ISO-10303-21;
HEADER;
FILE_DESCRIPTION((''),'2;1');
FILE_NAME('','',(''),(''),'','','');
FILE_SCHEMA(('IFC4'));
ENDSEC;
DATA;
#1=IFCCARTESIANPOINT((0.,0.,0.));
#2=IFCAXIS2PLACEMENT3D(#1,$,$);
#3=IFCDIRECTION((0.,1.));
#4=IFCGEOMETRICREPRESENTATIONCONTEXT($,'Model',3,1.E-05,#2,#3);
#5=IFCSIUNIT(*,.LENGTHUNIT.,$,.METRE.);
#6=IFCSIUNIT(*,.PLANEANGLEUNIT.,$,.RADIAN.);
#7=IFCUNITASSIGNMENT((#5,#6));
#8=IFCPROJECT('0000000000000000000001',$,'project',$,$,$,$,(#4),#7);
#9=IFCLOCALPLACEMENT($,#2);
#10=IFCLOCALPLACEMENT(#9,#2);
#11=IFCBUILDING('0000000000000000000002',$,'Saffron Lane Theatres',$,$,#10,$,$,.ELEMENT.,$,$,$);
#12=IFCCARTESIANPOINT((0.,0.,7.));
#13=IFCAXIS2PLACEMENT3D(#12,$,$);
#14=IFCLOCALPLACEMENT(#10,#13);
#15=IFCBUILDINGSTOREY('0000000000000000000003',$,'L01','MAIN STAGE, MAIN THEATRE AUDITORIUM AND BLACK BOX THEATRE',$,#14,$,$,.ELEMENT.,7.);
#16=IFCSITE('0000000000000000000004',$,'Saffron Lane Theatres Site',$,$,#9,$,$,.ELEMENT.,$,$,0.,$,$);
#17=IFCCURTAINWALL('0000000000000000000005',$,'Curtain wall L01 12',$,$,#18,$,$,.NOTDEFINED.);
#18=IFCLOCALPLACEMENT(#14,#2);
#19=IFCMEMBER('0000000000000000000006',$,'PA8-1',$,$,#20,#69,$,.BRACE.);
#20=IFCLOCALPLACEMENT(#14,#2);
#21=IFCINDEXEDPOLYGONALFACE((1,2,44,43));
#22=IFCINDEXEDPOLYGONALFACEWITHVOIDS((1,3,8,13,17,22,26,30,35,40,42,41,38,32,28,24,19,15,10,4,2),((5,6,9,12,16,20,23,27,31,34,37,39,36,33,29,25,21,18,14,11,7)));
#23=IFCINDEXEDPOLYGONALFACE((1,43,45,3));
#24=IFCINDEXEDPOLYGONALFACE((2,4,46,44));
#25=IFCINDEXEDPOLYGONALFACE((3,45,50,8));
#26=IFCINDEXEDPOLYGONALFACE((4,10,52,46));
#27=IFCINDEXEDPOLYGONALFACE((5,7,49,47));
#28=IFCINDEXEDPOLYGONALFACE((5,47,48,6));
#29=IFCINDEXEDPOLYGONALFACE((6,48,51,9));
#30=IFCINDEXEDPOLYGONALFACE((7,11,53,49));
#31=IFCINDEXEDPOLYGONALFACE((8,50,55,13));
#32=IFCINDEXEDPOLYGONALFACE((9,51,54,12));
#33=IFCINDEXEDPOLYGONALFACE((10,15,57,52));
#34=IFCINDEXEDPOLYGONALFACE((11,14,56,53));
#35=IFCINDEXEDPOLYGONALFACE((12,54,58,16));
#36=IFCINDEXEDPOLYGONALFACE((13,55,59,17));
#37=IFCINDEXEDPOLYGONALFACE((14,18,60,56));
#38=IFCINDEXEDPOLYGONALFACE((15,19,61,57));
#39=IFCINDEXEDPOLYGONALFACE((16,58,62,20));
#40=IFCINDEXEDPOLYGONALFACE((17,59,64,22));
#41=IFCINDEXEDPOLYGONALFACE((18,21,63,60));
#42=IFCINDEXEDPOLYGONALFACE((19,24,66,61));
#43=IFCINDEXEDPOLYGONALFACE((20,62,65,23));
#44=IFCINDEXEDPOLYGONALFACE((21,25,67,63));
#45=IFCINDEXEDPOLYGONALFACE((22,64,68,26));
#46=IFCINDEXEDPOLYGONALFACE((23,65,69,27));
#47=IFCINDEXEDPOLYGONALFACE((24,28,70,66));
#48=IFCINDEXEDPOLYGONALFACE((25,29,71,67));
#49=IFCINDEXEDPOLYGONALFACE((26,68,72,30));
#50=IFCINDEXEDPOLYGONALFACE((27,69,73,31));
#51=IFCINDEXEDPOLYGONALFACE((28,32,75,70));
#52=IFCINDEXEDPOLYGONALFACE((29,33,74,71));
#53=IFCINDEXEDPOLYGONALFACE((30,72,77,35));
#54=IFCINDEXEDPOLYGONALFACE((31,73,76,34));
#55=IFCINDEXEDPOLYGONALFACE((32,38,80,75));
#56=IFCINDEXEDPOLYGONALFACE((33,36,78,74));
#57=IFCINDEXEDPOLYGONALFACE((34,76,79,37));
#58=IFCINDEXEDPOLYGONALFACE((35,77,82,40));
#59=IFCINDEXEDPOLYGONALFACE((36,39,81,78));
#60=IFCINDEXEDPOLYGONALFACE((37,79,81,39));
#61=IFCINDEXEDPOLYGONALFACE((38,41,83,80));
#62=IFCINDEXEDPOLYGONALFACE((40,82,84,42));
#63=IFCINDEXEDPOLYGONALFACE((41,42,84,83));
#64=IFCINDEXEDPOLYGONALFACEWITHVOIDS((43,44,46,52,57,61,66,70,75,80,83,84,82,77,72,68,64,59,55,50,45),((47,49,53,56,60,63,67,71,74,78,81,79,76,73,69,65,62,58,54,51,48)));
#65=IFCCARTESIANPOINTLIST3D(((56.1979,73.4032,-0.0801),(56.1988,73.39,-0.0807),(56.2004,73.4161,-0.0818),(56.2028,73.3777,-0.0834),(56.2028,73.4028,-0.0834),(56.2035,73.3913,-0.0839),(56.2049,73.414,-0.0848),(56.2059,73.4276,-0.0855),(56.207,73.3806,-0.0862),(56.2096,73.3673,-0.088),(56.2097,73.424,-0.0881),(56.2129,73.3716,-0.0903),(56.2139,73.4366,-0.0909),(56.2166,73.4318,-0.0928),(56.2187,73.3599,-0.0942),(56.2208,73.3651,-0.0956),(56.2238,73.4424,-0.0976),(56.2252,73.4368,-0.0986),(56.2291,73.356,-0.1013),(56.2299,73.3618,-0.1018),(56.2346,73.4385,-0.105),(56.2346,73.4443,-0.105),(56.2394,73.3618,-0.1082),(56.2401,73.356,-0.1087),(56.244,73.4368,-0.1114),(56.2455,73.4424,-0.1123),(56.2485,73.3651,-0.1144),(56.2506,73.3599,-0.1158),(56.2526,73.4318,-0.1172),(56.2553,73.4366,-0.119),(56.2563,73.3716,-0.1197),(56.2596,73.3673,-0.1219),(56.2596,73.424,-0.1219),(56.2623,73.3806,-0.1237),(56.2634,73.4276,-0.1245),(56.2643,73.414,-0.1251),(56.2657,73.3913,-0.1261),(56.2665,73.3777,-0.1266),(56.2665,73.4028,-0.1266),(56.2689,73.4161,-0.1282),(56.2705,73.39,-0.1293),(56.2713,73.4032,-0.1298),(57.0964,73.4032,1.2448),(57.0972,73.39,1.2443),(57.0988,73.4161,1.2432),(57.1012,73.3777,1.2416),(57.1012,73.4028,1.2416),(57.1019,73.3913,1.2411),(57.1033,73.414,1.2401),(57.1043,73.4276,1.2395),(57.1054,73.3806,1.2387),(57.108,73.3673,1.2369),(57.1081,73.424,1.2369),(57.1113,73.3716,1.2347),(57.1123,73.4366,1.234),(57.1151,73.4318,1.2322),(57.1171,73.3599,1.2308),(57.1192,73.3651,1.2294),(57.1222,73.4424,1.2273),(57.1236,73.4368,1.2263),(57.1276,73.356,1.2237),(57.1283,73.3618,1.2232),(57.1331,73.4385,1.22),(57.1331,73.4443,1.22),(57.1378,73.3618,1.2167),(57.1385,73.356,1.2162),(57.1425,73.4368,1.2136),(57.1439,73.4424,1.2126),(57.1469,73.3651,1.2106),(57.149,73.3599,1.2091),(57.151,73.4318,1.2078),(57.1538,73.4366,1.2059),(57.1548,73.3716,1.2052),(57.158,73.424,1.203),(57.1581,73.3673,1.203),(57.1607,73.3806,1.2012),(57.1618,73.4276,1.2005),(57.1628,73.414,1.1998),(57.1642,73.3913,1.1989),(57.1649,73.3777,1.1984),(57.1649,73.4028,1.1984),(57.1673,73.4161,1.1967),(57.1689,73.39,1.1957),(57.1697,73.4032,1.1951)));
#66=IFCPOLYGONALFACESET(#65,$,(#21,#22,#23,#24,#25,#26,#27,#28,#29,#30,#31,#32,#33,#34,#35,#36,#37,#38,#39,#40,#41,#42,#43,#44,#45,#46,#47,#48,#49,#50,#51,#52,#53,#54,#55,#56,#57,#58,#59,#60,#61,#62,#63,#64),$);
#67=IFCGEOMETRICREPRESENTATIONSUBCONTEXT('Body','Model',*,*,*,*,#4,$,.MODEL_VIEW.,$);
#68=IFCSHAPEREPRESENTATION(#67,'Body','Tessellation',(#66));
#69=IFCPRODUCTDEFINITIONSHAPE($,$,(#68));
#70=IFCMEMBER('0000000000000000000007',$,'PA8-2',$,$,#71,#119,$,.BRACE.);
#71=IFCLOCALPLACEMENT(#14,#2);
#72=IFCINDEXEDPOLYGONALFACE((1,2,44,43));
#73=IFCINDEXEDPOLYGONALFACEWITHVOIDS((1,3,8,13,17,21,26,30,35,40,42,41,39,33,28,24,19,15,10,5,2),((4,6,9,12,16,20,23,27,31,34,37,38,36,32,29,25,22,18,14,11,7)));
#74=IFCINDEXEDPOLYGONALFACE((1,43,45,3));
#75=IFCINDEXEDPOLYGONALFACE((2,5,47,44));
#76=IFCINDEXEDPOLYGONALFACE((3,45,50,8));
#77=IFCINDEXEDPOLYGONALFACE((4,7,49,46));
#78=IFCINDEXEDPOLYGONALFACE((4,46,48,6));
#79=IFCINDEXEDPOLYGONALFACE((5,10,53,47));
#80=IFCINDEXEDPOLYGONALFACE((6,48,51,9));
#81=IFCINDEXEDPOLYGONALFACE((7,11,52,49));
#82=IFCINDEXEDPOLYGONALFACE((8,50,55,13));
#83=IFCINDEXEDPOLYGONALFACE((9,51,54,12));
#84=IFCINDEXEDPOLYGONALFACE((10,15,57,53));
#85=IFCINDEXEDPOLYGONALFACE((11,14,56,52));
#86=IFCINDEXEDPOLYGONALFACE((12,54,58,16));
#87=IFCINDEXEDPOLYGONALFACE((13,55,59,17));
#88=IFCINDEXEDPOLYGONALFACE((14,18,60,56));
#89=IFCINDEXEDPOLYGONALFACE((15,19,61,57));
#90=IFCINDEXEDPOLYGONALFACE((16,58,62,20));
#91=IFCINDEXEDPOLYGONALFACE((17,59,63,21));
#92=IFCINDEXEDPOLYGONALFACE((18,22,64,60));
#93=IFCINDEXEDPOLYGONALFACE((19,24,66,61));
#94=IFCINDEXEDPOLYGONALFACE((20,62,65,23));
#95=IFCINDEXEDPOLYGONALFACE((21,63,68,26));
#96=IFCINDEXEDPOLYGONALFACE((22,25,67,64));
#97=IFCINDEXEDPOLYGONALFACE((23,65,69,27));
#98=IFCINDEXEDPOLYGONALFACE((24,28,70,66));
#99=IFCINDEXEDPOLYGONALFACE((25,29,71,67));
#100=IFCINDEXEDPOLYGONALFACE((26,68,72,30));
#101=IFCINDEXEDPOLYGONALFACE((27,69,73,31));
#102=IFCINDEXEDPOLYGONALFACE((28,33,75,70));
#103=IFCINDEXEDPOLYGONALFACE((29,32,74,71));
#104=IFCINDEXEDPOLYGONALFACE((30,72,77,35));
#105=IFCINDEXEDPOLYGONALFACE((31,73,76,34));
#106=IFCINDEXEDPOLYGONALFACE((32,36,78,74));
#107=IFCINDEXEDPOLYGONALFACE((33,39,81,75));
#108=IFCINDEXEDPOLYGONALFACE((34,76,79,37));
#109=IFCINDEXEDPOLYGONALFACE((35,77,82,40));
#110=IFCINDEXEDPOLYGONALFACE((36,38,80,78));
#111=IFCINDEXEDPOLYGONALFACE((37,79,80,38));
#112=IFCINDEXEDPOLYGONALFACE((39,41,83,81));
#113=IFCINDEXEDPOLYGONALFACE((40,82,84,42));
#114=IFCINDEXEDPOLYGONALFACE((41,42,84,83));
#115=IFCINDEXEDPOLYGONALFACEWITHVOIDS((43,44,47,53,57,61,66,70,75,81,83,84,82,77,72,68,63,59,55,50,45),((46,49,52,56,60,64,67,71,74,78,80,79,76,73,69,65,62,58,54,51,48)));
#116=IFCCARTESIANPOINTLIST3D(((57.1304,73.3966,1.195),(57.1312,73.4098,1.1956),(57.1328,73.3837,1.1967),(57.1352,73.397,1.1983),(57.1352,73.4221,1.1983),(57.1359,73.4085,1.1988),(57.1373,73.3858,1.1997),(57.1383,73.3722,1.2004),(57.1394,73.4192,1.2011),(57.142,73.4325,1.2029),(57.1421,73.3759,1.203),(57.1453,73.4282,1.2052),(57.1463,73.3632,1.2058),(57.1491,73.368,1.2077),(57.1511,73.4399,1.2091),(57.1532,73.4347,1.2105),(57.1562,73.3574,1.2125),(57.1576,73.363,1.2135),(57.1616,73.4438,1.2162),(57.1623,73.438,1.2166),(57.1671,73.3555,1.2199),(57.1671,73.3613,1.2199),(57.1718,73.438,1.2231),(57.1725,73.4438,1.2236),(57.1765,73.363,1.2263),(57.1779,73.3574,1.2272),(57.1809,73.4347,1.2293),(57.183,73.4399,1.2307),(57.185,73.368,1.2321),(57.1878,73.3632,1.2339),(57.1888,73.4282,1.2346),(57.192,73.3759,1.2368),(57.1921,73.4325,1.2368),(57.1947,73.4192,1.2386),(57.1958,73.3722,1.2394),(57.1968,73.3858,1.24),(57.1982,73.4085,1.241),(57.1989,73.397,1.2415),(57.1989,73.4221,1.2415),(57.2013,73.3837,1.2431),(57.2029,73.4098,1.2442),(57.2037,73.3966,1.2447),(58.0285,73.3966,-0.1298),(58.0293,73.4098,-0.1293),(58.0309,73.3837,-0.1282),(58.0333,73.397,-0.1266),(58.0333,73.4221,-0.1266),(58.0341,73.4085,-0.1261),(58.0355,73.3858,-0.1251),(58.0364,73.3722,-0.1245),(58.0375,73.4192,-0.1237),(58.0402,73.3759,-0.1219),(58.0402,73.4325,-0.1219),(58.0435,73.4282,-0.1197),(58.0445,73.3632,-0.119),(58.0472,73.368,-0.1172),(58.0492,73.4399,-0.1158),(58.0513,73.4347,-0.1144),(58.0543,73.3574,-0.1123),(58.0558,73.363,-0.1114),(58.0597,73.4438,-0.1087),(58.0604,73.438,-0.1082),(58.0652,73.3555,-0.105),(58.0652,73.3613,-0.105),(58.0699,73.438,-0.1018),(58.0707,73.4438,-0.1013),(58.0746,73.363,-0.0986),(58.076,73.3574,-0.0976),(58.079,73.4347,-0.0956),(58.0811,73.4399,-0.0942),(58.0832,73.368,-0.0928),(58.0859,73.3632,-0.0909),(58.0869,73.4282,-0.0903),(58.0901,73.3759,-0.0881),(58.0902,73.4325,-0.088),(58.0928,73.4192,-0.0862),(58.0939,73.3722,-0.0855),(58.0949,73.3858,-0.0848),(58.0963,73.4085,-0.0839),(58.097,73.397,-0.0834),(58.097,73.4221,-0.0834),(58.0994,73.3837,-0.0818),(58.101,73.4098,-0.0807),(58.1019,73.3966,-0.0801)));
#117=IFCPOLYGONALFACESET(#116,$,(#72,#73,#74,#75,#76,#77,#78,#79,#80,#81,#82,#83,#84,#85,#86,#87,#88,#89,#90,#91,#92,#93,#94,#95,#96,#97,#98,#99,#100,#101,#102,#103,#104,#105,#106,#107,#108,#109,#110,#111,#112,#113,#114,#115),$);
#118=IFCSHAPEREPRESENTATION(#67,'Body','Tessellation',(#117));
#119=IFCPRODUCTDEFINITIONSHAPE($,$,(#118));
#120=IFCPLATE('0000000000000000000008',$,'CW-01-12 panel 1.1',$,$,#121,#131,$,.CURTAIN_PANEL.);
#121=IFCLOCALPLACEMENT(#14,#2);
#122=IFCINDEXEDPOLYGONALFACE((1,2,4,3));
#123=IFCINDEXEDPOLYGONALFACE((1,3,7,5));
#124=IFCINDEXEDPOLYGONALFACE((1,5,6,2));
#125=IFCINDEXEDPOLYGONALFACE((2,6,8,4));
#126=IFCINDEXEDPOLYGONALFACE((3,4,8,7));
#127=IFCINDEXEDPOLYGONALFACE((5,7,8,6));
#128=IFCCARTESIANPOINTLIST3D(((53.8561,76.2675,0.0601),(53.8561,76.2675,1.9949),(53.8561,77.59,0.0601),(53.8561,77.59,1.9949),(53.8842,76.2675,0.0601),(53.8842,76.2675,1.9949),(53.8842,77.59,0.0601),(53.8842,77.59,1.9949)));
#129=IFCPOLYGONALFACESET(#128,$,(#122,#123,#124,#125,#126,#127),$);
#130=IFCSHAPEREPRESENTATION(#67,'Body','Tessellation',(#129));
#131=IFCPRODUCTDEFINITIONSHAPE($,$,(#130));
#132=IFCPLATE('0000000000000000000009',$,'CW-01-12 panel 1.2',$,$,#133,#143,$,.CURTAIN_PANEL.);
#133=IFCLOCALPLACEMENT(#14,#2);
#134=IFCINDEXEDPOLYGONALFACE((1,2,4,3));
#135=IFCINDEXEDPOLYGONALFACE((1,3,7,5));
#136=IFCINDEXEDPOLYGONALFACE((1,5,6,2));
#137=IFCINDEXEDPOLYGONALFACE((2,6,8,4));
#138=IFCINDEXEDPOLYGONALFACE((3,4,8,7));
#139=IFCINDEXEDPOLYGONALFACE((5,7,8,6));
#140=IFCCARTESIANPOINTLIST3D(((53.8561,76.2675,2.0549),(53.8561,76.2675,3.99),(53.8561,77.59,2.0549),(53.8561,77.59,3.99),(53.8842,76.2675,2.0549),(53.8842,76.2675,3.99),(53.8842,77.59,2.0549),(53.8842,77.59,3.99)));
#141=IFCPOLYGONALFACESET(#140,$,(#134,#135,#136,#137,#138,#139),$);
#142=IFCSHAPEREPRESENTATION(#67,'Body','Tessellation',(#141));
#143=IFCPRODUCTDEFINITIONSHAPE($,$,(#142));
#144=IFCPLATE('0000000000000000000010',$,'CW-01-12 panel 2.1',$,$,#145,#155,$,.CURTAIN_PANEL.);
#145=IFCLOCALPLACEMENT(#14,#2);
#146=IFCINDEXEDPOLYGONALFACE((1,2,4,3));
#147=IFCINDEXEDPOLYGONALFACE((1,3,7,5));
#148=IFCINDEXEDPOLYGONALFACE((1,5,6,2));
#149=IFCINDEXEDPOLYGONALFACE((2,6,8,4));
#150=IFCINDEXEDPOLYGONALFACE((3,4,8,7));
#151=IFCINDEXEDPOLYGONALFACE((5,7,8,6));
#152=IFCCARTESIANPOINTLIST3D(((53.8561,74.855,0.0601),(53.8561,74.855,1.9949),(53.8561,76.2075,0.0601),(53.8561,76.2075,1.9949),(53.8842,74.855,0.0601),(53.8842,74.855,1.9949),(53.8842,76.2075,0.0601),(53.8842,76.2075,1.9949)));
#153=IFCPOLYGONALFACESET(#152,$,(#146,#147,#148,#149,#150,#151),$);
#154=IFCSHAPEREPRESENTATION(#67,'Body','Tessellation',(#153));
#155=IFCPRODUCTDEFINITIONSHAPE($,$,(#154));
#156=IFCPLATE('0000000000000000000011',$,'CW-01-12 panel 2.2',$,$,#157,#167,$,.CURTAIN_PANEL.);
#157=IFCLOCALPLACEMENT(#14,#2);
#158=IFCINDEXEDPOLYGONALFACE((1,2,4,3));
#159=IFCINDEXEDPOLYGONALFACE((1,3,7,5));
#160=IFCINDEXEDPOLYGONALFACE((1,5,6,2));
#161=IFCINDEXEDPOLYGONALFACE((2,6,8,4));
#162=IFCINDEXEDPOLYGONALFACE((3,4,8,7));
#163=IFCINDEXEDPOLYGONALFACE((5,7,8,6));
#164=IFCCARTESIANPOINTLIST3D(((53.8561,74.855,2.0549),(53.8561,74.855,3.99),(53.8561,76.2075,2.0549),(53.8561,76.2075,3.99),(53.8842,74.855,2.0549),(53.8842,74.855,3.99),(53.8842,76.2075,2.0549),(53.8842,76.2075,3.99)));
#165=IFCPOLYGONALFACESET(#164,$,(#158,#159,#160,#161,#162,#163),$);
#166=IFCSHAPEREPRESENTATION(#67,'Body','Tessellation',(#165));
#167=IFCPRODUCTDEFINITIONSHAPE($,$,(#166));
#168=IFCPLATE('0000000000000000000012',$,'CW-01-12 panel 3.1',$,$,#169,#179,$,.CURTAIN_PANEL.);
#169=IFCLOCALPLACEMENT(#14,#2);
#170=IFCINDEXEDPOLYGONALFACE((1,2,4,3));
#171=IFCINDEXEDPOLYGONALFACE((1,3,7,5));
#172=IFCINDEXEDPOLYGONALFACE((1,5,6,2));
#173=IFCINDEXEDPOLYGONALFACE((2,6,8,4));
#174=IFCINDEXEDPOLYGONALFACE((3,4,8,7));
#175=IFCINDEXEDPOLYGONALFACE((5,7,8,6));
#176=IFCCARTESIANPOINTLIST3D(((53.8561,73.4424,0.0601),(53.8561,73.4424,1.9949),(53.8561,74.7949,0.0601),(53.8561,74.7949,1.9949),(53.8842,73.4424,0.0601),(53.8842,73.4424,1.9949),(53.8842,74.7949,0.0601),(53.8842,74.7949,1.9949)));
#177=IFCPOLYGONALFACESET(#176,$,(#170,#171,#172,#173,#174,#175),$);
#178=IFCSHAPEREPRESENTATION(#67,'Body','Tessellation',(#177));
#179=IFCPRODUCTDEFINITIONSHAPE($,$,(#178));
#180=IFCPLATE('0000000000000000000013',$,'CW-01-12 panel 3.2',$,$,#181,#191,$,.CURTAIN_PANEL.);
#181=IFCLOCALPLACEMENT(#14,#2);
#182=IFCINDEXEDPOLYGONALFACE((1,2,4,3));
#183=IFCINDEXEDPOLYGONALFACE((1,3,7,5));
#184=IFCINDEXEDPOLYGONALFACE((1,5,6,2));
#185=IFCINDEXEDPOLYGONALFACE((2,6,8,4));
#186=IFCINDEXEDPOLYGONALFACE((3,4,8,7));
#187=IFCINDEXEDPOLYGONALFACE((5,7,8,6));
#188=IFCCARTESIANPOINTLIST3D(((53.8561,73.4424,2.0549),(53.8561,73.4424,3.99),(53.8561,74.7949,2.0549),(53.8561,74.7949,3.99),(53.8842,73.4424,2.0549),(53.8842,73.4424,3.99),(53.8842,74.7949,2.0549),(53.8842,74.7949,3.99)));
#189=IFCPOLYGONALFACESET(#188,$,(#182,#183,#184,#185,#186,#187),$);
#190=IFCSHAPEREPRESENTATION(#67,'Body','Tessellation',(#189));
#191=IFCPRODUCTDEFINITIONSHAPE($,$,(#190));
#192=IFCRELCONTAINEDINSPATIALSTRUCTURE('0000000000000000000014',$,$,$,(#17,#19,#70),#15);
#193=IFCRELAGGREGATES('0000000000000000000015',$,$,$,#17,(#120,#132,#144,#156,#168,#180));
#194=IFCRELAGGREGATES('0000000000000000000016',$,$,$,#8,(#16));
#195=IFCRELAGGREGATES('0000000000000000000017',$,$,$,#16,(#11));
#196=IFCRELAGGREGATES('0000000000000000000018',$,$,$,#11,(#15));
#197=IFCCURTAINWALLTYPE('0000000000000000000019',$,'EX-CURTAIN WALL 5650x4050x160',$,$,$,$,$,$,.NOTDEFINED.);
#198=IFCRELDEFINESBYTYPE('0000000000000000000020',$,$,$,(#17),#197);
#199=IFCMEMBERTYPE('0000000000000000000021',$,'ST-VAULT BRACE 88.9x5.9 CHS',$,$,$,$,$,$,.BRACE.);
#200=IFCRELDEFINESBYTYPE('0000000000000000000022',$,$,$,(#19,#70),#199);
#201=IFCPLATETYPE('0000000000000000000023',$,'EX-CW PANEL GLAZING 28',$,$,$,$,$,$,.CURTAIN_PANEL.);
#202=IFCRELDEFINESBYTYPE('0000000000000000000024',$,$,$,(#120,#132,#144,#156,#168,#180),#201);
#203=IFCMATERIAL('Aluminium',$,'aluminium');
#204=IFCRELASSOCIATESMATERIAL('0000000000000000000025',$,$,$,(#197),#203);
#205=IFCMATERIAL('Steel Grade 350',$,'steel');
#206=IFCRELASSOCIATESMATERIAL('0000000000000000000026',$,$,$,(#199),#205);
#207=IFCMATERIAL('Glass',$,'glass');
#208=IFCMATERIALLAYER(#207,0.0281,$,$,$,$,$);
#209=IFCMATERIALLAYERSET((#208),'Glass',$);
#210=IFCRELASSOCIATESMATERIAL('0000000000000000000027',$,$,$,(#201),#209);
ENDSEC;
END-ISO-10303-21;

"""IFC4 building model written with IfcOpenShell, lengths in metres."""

from ifc_helpers import new_model, si_unit, direction, frame, origin, origin_2d, place, context, subcontext, project, spatial, rectangle, hollow_circle, extrude, material, layer, layer_set, material_profile, profile_set, type_object, element, aggregate, save


model = new_model("IFC4")

# Units and contexts
model_context = context("Model", 3, precision=1e-05, world=origin(), true_north=direction((0.0, 1.0)))
body_context = subcontext(model_context, "Body", "Model", "MODEL_VIEW")
ifc_project = project(units=[si_unit("LENGTHUNIT", "METRE"), si_unit("PLANEANGLEUNIT", "RADIAN")], contexts=[model_context])

# Site, building, storey
site_placement = place(None, origin())
site = spatial("IfcSite", under=ifc_project, at=site_placement, Name="Saffron Lane Theatres Site", CompositionType="ELEMENT", RefElevation=0.0)
building_placement = place(site_placement, origin())
building = spatial("IfcBuilding", under=site, at=building_placement, Name="Saffron Lane Theatres", CompositionType="ELEMENT")
storey_placement = place(building_placement, frame((0.0, 0.0, 7.0)))
storey = spatial("IfcBuildingStorey", under=building, at=storey_placement, Name="L01", Description="MAIN STAGE, MAIN THEATRE AUDITORIUM AND BLACK BOX THEATRE", CompositionType="ELEMENT", Elevation=7.0)

# Curtain wall
ifc_material_1 = material(Name="Aluminium", Category="aluminium")
curtain_wall_type = type_object("IfcCurtainWallType", Name="EX-CURTAIN WALL 5650x4050x160", PredefinedType="NOTDEFINED", material=ifc_material_1)
curtain_wall_placement = place(storey_placement, origin())
curtain_wall = element("IfcCurtainWall", 1, at=curtain_wall_placement, inside=storey, type_object=curtain_wall_type, Name="Curtain wall L01 12", PredefinedType="NOTDEFINED")

# Members
ifc_material_2 = material(Name="Steel Grade 350", Category="steel")
ifc_material_profile_1 = material_profile(ifc_material_2, hollow_circle(Radius=0.0444, WallThickness=0.0059, at=origin_2d()))
ifc_profile_set_1 = profile_set([ifc_material_profile_1], Name="Steel Grade 350")
member_type_1 = type_object("IfcMemberType", Name="ST-VAULT BRACE 88.9x5.9 CHS", PredefinedType="BRACE", material=ifc_profile_set_1)
member_1_placement = place(storey_placement, frame((56.2346, 73.3999, -0.105), z_axis=(0.561229, 0.0, 0.82766), x_axis=(0.0, 1.0, 0.0)))
element("IfcMember", 2, at=member_1_placement, inside=storey, type_object=member_type_1, Name="PA8-1", PredefinedType="BRACE", context=body_context, shape_type="SweptSolid", body=[
    extrude(hollow_circle(Radius=0.0444, WallThickness=0.0059, at=origin_2d()), origin(), (0.0, 0.0, 1.0), 1.6008),
])
member_2_placement = place(storey_placement, frame((58.0652, 73.3999, -0.105), z_axis=(-0.561125, 0.0, 0.827731), x_axis=(0.0, -1.0, 0.0)))
element("IfcMember", 3, at=member_2_placement, inside=storey, type_object=member_type_1, Name="PA8-2", PredefinedType="BRACE", context=body_context, shape_type="SweptSolid", body=[
    extrude(hollow_circle(Radius=0.0444, WallThickness=0.0059, at=origin_2d()), origin(), (0.0, 0.0, 1.0), 1.6006),
])

# Plates
ifc_material_3 = material(Name="Glass", Category="glass")
ifc_layer_1 = layer(ifc_material_3, 0.0281)
ifc_layer_set_1 = layer_set([ifc_layer_1], Name="Glass")
plate_type_1 = type_object("IfcPlateType", Name="EX-CW PANEL GLAZING 28", PredefinedType="CURTAIN_PANEL", material=ifc_layer_set_1)
plate_1_placement = place(storey_placement, frame((53.8701, 76.9287, 0.0601), z_axis=(0.0, 0.0, 1.0), x_axis=(0.0, -1.0, 0.0)))
plate_1 = element("IfcPlate", 4, at=plate_1_placement, type_object=plate_type_1, Name="CW-01-12 panel 1.1", PredefinedType="CURTAIN_PANEL", context=body_context, shape_type="SweptSolid", body=[
    extrude(rectangle(XDim=1.3225, YDim=0.0281, at=origin_2d()), origin(), (0.0, 0.0, 1.0), 1.9348),
])
plate_2_placement = place(storey_placement, frame((53.8701, 76.9287, 2.0549), z_axis=(0.0, 0.0, 1.0), x_axis=(0.0, -1.0, 0.0)))
plate_2 = element("IfcPlate", 5, at=plate_2_placement, type_object=plate_type_1, Name="CW-01-12 panel 1.2", PredefinedType="CURTAIN_PANEL", context=body_context, shape_type="SweptSolid", body=[
    extrude(rectangle(XDim=1.3225, YDim=0.0281, at=origin_2d()), origin(), (0.0, 0.0, 1.0), 1.9351),
])
plate_3_placement = place(storey_placement, frame((53.8701, 75.5312, 0.0601), z_axis=(0.0, 0.0, 1.0), x_axis=(0.0, -1.0, 0.0)))
plate_3 = element("IfcPlate", 6, at=plate_3_placement, type_object=plate_type_1, Name="CW-01-12 panel 2.1", PredefinedType="CURTAIN_PANEL", context=body_context, shape_type="SweptSolid", body=[
    extrude(rectangle(XDim=1.3525, YDim=0.0281, at=origin_2d()), origin(), (0.0, 0.0, 1.0), 1.9348),
])
plate_4_placement = place(storey_placement, frame((53.8701, 75.5312, 2.0549), z_axis=(0.0, 0.0, 1.0), x_axis=(0.0, -1.0, 0.0)))
plate_4 = element("IfcPlate", 7, at=plate_4_placement, type_object=plate_type_1, Name="CW-01-12 panel 2.2", PredefinedType="CURTAIN_PANEL", context=body_context, shape_type="SweptSolid", body=[
    extrude(rectangle(XDim=1.3525, YDim=0.0281, at=origin_2d()), origin(), (0.0, 0.0, 1.0), 1.9351),
])
plate_5_placement = place(storey_placement, frame((53.8701, 74.1187, 0.0601), z_axis=(0.0, 0.0, 1.0), x_axis=(0.0, -1.0, 0.0)))
plate_5 = element("IfcPlate", 8, at=plate_5_placement, type_object=plate_type_1, Name="CW-01-12 panel 3.1", PredefinedType="CURTAIN_PANEL", context=body_context, shape_type="SweptSolid", body=[
    extrude(rectangle(XDim=1.3525, YDim=0.0281, at=origin_2d()), origin(), (0.0, 0.0, 1.0), 1.9348),
])
plate_6_placement = place(storey_placement, frame((53.8701, 74.1187, 2.0549), z_axis=(0.0, 0.0, 1.0), x_axis=(0.0, -1.0, 0.0)))
plate_6 = element("IfcPlate", 9, at=plate_6_placement, type_object=plate_type_1, Name="CW-01-12 panel 3.2", PredefinedType="CURTAIN_PANEL", context=body_context, shape_type="SweptSolid", body=[
    extrude(rectangle(XDim=1.3525, YDim=0.0281, at=origin_2d()), origin(), (0.0, 0.0, 1.0), 1.9351),
])
aggregate(curtain_wall, [plate_1, plate_2, plate_3, plate_4, plate_5, plate_6])

save(model, "model.ifc")
